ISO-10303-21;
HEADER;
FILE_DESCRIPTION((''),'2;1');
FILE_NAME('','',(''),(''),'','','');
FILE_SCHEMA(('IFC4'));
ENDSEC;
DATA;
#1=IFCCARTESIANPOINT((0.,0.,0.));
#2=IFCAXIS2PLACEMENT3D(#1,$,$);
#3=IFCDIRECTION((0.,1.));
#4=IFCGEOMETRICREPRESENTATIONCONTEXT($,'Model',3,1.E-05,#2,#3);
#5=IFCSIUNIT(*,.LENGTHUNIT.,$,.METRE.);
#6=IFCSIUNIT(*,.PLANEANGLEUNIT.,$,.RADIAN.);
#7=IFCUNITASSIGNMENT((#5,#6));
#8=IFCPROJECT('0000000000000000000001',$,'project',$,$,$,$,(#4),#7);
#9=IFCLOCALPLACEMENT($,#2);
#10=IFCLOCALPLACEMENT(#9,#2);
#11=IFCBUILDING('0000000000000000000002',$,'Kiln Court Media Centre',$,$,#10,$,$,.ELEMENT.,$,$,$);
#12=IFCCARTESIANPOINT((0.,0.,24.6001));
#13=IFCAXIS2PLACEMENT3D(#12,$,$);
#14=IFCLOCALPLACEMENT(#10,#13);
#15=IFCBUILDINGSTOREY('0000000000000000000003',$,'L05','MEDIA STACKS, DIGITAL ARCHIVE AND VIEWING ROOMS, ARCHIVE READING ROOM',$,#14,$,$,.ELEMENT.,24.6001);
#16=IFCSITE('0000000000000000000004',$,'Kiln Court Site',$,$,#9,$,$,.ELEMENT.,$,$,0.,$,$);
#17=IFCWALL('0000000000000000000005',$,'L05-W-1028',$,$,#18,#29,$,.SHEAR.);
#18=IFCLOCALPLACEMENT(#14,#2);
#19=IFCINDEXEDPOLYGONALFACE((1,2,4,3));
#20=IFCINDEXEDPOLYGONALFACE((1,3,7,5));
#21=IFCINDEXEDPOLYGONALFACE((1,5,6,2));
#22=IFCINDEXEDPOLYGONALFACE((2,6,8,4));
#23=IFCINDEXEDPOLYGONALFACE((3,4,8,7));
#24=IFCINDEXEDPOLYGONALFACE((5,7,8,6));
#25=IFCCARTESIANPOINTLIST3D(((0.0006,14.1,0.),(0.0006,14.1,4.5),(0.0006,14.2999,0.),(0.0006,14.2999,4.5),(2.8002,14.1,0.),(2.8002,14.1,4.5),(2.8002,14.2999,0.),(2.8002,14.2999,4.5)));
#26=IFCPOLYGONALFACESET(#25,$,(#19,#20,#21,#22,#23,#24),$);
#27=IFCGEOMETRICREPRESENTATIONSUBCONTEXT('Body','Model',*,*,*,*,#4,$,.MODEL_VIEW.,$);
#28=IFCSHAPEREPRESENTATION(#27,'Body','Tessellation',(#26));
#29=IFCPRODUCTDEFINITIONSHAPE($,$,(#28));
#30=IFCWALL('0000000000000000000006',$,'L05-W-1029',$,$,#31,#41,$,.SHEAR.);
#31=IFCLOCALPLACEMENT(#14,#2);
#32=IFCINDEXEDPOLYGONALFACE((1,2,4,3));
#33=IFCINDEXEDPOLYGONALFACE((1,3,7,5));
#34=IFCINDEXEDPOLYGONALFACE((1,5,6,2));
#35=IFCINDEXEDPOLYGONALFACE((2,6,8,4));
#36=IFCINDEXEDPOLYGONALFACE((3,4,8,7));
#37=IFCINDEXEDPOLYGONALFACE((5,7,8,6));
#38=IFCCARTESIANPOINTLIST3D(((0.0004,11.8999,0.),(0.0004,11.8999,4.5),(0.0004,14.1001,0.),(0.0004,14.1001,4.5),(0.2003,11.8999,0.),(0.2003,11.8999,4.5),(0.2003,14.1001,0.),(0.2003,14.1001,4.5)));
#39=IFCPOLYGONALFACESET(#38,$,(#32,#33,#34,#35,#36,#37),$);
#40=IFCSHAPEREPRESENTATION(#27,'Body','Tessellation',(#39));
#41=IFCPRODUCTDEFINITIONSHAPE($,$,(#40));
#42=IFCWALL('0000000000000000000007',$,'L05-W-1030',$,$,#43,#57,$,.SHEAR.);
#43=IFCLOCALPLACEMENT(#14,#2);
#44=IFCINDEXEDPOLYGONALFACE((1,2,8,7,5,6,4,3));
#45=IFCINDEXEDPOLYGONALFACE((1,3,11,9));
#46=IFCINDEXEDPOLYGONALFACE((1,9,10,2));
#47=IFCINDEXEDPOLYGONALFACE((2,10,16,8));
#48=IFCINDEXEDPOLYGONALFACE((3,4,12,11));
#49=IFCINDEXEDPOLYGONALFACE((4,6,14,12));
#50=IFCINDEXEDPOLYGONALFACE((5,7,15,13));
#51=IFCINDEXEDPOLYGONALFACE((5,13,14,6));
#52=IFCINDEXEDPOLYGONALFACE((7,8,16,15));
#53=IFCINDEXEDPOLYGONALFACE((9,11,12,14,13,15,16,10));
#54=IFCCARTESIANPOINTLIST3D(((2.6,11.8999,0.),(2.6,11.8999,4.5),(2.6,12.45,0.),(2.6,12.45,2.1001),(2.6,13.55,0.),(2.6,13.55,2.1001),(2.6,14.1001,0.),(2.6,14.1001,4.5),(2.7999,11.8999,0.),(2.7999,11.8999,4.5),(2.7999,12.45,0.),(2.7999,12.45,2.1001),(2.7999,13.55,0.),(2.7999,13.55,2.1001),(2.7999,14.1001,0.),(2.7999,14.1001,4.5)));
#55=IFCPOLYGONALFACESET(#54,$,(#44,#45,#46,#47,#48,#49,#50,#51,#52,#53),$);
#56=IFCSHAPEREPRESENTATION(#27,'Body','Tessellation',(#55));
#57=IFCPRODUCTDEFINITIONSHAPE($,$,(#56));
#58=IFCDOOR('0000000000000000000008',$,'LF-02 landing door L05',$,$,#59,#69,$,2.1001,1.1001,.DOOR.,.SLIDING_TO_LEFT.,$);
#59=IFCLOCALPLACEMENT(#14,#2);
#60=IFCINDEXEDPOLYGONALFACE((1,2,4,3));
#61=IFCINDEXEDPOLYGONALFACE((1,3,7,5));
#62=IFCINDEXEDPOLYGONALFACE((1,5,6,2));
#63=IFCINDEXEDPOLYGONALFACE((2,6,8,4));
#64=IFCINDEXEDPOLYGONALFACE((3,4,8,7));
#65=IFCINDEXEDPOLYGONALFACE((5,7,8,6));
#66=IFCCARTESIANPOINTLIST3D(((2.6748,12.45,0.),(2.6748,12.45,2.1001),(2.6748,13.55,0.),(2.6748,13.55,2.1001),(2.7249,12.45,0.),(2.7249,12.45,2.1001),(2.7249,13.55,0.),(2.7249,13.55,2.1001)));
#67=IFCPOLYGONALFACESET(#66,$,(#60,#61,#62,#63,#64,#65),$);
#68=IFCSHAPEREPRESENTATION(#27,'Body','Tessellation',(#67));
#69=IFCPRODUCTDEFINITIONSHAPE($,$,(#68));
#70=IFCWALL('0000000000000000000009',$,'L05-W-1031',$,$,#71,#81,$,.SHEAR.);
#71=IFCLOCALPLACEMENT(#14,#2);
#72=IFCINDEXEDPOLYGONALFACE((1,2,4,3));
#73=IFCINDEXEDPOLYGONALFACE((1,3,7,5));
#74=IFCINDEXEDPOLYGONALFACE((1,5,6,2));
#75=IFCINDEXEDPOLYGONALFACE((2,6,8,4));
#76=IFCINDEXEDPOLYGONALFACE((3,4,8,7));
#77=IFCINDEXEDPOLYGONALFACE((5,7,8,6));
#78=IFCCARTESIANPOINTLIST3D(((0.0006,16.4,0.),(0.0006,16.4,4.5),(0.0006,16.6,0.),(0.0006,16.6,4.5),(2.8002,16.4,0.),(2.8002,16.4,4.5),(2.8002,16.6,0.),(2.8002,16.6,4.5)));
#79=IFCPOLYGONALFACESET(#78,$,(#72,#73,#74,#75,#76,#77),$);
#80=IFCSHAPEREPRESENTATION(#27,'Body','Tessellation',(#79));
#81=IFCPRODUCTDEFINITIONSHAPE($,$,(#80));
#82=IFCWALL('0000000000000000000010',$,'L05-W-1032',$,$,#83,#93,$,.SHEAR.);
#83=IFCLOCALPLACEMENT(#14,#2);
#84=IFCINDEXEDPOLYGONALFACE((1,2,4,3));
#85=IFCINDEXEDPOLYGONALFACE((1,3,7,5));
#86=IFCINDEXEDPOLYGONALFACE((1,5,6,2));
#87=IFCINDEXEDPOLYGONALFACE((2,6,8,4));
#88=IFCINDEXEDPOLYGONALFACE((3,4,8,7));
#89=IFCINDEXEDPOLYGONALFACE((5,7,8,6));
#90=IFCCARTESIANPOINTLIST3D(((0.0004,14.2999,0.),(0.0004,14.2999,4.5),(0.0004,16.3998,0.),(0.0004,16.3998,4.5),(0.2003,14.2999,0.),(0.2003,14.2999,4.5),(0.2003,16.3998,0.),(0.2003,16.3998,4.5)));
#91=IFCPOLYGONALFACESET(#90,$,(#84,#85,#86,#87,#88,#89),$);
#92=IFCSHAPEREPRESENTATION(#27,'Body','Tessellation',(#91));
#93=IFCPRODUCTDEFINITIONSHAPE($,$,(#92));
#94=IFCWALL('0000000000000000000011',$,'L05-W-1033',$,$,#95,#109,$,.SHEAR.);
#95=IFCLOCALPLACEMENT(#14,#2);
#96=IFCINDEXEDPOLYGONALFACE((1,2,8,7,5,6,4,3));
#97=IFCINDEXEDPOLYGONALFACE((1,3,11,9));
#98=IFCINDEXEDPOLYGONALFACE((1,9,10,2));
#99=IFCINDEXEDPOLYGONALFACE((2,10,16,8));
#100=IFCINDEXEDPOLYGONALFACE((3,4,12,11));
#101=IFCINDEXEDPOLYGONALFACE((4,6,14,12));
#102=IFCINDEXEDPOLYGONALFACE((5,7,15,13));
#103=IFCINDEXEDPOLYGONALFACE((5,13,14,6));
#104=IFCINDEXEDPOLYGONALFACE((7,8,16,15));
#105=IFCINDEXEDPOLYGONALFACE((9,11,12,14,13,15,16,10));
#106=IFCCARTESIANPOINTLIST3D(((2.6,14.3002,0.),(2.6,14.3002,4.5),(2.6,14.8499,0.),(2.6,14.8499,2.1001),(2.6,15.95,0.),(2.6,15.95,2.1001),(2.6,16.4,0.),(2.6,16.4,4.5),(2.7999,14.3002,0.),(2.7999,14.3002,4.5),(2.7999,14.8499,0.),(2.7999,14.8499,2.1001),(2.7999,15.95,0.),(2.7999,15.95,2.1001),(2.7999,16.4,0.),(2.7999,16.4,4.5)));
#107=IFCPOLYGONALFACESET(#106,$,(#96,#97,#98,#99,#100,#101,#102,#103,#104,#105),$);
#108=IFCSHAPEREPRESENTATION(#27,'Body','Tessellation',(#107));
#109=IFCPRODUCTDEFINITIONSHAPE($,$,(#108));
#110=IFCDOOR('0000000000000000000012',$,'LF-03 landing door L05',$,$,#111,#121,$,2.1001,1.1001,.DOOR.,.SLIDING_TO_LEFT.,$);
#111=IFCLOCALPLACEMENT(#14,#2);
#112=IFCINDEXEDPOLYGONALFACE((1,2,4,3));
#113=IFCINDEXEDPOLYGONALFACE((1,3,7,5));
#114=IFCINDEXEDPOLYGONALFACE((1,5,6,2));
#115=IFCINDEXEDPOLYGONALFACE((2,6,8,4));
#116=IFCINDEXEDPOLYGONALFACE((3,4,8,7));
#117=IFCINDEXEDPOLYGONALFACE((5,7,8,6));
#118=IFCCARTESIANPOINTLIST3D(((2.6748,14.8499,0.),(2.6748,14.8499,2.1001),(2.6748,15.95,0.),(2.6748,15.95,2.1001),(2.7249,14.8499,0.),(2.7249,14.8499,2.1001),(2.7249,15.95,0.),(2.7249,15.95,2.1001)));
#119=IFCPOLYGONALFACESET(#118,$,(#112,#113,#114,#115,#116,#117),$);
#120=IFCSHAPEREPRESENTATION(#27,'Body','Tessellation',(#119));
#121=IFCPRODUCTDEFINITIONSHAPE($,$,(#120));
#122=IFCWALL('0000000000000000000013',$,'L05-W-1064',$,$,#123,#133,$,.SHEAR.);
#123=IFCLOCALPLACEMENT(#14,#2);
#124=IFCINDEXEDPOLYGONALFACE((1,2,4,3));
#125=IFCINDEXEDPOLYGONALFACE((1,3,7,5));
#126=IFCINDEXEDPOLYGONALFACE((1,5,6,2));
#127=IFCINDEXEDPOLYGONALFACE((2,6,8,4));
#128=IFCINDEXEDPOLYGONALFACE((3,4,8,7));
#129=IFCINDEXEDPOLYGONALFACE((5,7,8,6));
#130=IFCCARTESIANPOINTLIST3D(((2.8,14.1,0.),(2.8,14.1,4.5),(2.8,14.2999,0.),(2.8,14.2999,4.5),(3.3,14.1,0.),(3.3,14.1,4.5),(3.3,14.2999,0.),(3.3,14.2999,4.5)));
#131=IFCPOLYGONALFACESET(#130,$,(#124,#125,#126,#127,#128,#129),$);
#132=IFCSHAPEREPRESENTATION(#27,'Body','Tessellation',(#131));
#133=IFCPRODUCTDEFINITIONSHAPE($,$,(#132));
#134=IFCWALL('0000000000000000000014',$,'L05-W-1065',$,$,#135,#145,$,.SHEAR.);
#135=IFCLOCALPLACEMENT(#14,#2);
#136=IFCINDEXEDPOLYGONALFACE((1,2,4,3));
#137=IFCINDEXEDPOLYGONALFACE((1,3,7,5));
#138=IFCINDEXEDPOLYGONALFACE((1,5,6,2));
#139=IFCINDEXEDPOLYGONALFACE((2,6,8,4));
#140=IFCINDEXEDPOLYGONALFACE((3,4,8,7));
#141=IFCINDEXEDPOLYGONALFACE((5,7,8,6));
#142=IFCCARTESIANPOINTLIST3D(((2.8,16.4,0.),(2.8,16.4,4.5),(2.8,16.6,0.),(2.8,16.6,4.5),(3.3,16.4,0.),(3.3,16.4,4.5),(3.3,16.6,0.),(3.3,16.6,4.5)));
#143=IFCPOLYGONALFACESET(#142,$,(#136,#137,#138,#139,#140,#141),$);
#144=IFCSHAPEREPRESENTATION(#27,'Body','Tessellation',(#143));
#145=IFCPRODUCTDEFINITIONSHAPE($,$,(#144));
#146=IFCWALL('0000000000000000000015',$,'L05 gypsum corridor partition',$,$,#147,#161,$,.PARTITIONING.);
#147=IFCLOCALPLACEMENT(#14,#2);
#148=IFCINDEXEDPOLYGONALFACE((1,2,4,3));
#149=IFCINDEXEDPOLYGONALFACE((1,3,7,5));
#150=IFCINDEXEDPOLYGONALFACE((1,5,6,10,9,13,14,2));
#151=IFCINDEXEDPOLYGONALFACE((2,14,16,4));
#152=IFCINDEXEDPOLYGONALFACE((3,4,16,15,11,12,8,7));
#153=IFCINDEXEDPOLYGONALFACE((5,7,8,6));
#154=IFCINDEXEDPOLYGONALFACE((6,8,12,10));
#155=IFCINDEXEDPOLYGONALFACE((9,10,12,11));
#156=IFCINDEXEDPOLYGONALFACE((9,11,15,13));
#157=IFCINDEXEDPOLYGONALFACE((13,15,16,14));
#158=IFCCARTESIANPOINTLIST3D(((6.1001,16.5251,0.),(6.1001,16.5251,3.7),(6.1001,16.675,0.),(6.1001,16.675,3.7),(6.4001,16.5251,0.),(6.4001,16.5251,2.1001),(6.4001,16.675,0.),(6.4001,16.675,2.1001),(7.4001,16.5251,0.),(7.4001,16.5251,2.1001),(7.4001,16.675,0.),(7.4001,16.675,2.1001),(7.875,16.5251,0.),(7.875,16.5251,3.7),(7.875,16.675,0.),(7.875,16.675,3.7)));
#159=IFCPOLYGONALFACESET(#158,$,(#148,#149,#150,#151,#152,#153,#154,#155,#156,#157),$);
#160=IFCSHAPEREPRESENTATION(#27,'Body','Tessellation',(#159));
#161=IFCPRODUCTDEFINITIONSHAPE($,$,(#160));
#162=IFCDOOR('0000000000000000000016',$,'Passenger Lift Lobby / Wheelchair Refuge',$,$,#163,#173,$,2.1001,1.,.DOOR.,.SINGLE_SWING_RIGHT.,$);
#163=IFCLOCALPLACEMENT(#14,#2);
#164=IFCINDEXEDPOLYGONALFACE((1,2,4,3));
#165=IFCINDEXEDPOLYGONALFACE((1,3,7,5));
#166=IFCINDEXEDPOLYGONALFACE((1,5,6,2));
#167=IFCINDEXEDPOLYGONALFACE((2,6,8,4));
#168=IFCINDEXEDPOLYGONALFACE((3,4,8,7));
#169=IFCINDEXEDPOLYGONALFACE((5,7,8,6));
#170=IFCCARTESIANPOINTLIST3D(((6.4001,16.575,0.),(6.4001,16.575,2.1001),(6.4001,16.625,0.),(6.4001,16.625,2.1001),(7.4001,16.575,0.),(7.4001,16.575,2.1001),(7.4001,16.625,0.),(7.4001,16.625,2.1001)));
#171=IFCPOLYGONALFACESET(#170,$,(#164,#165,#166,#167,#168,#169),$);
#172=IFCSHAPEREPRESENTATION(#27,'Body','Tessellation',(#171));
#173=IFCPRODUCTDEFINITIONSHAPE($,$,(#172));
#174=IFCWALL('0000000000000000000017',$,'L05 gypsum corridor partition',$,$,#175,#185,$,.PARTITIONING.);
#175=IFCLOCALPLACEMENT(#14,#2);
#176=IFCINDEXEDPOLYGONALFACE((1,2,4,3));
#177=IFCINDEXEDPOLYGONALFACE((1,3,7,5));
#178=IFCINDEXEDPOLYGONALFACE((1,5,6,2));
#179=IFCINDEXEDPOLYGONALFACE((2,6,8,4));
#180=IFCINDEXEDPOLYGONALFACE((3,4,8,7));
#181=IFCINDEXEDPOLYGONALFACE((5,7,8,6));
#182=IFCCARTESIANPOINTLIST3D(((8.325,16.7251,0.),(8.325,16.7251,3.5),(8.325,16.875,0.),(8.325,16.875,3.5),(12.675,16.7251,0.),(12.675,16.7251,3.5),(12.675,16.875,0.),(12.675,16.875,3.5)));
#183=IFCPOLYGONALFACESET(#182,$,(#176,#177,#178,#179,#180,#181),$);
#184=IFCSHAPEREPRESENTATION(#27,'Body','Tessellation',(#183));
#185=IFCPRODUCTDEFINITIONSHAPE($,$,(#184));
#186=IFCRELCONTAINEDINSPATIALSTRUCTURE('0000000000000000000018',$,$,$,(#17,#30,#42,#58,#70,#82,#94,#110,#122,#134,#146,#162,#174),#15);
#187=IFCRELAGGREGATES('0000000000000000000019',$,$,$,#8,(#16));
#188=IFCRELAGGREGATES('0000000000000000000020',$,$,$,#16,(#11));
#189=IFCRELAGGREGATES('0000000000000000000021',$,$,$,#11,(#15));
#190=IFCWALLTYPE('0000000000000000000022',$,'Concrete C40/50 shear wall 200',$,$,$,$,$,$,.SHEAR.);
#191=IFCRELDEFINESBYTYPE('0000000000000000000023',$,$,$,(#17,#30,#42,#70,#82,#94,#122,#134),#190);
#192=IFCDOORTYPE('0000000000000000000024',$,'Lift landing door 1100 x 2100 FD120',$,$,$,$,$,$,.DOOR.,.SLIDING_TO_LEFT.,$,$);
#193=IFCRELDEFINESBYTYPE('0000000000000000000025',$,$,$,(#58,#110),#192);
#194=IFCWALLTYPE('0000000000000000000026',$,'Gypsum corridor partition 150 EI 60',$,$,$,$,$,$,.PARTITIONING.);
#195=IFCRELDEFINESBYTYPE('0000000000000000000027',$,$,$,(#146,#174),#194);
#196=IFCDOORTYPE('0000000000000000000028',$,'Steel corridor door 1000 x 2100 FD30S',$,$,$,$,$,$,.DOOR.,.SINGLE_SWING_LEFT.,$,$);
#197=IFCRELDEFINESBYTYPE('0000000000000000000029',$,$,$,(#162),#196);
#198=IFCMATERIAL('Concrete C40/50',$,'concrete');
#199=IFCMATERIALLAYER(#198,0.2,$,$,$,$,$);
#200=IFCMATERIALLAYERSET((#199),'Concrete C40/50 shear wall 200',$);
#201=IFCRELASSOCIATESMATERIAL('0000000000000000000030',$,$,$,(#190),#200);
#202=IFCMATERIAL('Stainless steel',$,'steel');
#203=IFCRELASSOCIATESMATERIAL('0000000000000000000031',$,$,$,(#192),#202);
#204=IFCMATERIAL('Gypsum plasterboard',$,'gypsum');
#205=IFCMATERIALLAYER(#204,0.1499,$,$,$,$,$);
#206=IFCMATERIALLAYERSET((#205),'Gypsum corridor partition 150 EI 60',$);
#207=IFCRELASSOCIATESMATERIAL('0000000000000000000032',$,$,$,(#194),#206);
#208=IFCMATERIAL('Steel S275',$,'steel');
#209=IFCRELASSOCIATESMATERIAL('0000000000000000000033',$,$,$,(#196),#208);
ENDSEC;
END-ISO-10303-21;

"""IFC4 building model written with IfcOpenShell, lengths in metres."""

from ifc_helpers import new_model, si_unit, direction, frame, frame_2d, origin, place, context, subcontext, project, spatial, rectangle, extrude, material, layer, layer_set, type_object, element, fill, save


model = new_model("IFC4")

# Units and contexts
model_context = context("Model", 3, precision=1e-05, world=origin(), true_north=direction((0.0, 1.0)))
body_context = subcontext(model_context, "Body", "Model", "MODEL_VIEW")
ifc_project = project(units=[si_unit("LENGTHUNIT", "METRE"), si_unit("PLANEANGLEUNIT", "RADIAN")], contexts=[model_context])

# Site, building, storey
site_placement = place(None, origin())
site = spatial("IfcSite", under=ifc_project, at=site_placement, Name="Kiln Court Site", CompositionType="ELEMENT", RefElevation=0.0)
building_placement = place(site_placement, origin())
building = spatial("IfcBuilding", under=site, at=building_placement, Name="Kiln Court Media Centre", CompositionType="ELEMENT")
storey_placement = place(building_placement, frame((0.0, 0.0, 24.6001)))
storey = spatial("IfcBuildingStorey", under=building, at=storey_placement, Name="L05", Description="MEDIA STACKS, DIGITAL ARCHIVE AND VIEWING ROOMS, ARCHIVE READING ROOM", CompositionType="ELEMENT", Elevation=24.6001)

# Walls
ifc_material_1 = material(Name="Concrete C40/50", Category="concrete")
ifc_layer_1 = layer(ifc_material_1, 0.2)
ifc_layer_set_1 = layer_set([ifc_layer_1], Name="Concrete C40/50 shear wall 200")
wall_type_1 = type_object("IfcWallType", Name="Concrete C40/50 shear wall 200", PredefinedType="SHEAR", material=ifc_layer_set_1)
wall_1_placement = place(storey_placement, frame((0.0005, 14.2, 0.0), z_axis=(0.0, 0.0, 1.0), x_axis=(1.0, 0.0, 0.0)))
element("IfcWall", 1, at=wall_1_placement, inside=storey, type_object=wall_type_1, Name="L05-W-1028", PredefinedType="SHEAR", context=body_context, shape_type="SweptSolid", body=[
    extrude(rectangle(XDim=2.7996, YDim=0.2, at=frame_2d((1.3999, 0.0))), origin(), (0.0, 0.0, 1.0), 4.5),
])
wall_2_placement = place(storey_placement, frame((0.1003, 11.8999, 0.0), z_axis=(0.0, 0.0, 1.0), x_axis=(0.0, 1.0, 0.0)))
element("IfcWall", 2, at=wall_2_placement, inside=storey, type_object=wall_type_1, Name="L05-W-1029", PredefinedType="SHEAR", context=body_context, shape_type="SweptSolid", body=[
    extrude(rectangle(XDim=2.2002, YDim=0.2, at=frame_2d((1.1001, 0.0))), origin(), (0.0, 0.0, 1.0), 4.5),
])

# Wall, opening, door
wall_3_placement = place(storey_placement, frame((2.7, 14.1001, 0.0), z_axis=(0.0, 0.0, 1.0), x_axis=(0.0, -1.0, 0.0)))
wall_3 = element("IfcWall", 3, at=wall_3_placement, inside=storey, type_object=wall_type_1, Name="L05-W-1030", PredefinedType="SHEAR", context=body_context, shape_type="SweptSolid", body=[
    extrude(rectangle(XDim=2.2002, YDim=0.2, at=frame_2d((1.1001, 0.0))), origin(), (0.0, 0.0, 1.0), 4.5),
])
opening_1_placement = place(wall_3_placement, frame((0.55, 0.0, 0.0)))
opening_1 = element("IfcOpeningElement", 4, at=opening_1_placement, cuts=wall_3, PredefinedType="OPENING", context=body_context, shape_type="SweptSolid", body=[
    extrude(rectangle(XDim=1.1001, YDim=2.1001, at=frame_2d((0.55, 1.05))), frame((0.0, 0.1099, 0.0), z_axis=(0.0, -1.0, 0.0), x_axis=(1.0, 0.0, 0.0)), (0.0, 0.0, 1.0), 0.22),
])
ifc_material_2 = material(Name="Stainless steel", Category="steel")
door_type_1 = type_object("IfcDoorType", Name="Lift landing door 1100 x 2100 FD120", OperationType="SLIDING_TO_LEFT", PredefinedType="DOOR", material=ifc_material_2)
door_1_placement = place(opening_1_placement, origin())
door_1 = element("IfcDoor", 5, at=door_1_placement, inside=storey, type_object=door_type_1, Name="LF-02 landing door L05", OperationType="SLIDING_TO_LEFT", OverallHeight=2.1001, OverallWidth=1.1001, PredefinedType="DOOR", context=body_context, shape_type="SweptSolid", body=[
    extrude(rectangle(XDim=1.1001, YDim=2.1001, at=frame_2d((0.55, 1.05))), frame((0.0, 0.0249, 0.0), z_axis=(0.0, -1.0, 0.0), x_axis=(1.0, 0.0, 0.0)), (0.0, 0.0, 1.0), 0.05),
])
fill(opening_1, door_1)

# Walls
wall_4_placement = place(storey_placement, frame((0.0005, 16.5, 0.0), z_axis=(0.0, 0.0, 1.0), x_axis=(1.0, 0.0, 0.0)))
element("IfcWall", 6, at=wall_4_placement, inside=storey, type_object=wall_type_1, Name="L05-W-1031", PredefinedType="SHEAR", context=body_context, shape_type="SweptSolid", body=[
    extrude(rectangle(XDim=2.7996, YDim=0.2, at=frame_2d((1.3999, 0.0))), origin(), (0.0, 0.0, 1.0), 4.5),
])
wall_5_placement = place(storey_placement, frame((0.1003, 14.3, 0.0), z_axis=(0.0, 0.0, 1.0), x_axis=(0.0, 1.0, 0.0)))
element("IfcWall", 7, at=wall_5_placement, inside=storey, type_object=wall_type_1, Name="L05-W-1032", PredefinedType="SHEAR", context=body_context, shape_type="SweptSolid", body=[
    extrude(rectangle(XDim=2.0999, YDim=0.2, at=frame_2d((1.0498, 0.0))), origin(), (0.0, 0.0, 1.0), 4.5),
])

# Wall, opening, door
wall_6_placement = place(storey_placement, frame((2.7, 16.3999, 0.0), z_axis=(0.0, 0.0, 1.0), x_axis=(0.0, -1.0, 0.0)))
wall_6 = element("IfcWall", 8, at=wall_6_placement, inside=storey, type_object=wall_type_1, Name="L05-W-1033", PredefinedType="SHEAR", context=body_context, shape_type="SweptSolid", body=[
    extrude(rectangle(XDim=2.0999, YDim=0.2, at=frame_2d((1.0498, 0.0))), origin(), (0.0, 0.0, 1.0), 4.5),
])
opening_2_placement = place(wall_6_placement, frame((0.45, 0.0, 0.0)))
opening_2 = element("IfcOpeningElement", 9, at=opening_2_placement, cuts=wall_6, PredefinedType="OPENING", context=body_context, shape_type="SweptSolid", body=[
    extrude(rectangle(XDim=1.1001, YDim=2.1001, at=frame_2d((0.55, 1.05))), frame((0.0, 0.1099, 0.0), z_axis=(0.0, -1.0, 0.0), x_axis=(1.0, 0.0, 0.0)), (0.0, 0.0, 1.0), 0.22),
])
door_2_placement = place(opening_2_placement, origin())
door_2 = element("IfcDoor", 10, at=door_2_placement, inside=storey, type_object=door_type_1, Name="LF-03 landing door L05", OperationType="SLIDING_TO_LEFT", OverallHeight=2.1001, OverallWidth=1.1001, PredefinedType="DOOR", context=body_context, shape_type="SweptSolid", body=[
    extrude(rectangle(XDim=1.1001, YDim=2.1001, at=frame_2d((0.55, 1.05))), frame((0.0, 0.0249, 0.0), z_axis=(0.0, -1.0, 0.0), x_axis=(1.0, 0.0, 0.0)), (0.0, 0.0, 1.0), 0.05),
])
fill(opening_2, door_2)

# Walls
for number, where, z_axis, x_axis, name in (
    (11, (2.8, 14.2, 0.0), (0.0, 0.0, 1.0), (1.0, 0.0, 0.0), "L05-W-1064"),
    (12, (2.8, 16.5, 0.0), (0.0, 0.0, 1.0), (1.0, 0.0, 0.0), "L05-W-1065"),
):
    element("IfcWall", number, at=place(storey_placement, frame(where, z_axis=z_axis, x_axis=x_axis)), inside=storey, type_object=wall_type_1, Name=name, PredefinedType="SHEAR", context=body_context, shape_type="SweptSolid", body=[
        extrude(rectangle(XDim=0.5, YDim=0.2, at=frame_2d((0.25, 0.0))), origin(), (0.0, 0.0, 1.0), 4.5),
    ])

# Wall, opening, door
ifc_material_3 = material(Name="Gypsum plasterboard", Category="gypsum")
ifc_layer_2 = layer(ifc_material_3, 0.1499)
ifc_layer_set_2 = layer_set([ifc_layer_2], Name="Gypsum corridor partition 150 EI 60")
wall_type_2 = type_object("IfcWallType", Name="Gypsum corridor partition 150 EI 60", PredefinedType="PARTITIONING", material=ifc_layer_set_2)
wall_7_placement = place(storey_placement, frame((6.1001, 16.6001, 0.0), z_axis=(0.0, 0.0, 1.0), x_axis=(1.0, 0.0, 0.0)))
wall_7 = element("IfcWall", 13, at=wall_7_placement, inside=storey, type_object=wall_type_2, Name="L05 gypsum corridor partition", PredefinedType="PARTITIONING", context=body_context, shape_type="SweptSolid", body=[
    extrude(rectangle(XDim=1.7749, YDim=0.1499, at=frame_2d((0.8875, 0.0))), origin(), (0.0, 0.0, 1.0), 3.7),
])
opening_3_placement = place(wall_7_placement, frame((0.3, 0.0, 0.0)))
opening_3 = element("IfcOpeningElement", 14, at=opening_3_placement, cuts=wall_7, PredefinedType="OPENING", context=body_context, shape_type="SweptSolid", body=[
    extrude(rectangle(XDim=1.0, YDim=2.1001, at=frame_2d((0.5, 1.05))), frame((0.0, 0.085, 0.0), z_axis=(0.0, -1.0, 0.0), x_axis=(1.0, 0.0, 0.0)), (0.0, 0.0, 1.0), 0.1699),
])
ifc_material_4 = material(Name="Steel S275", Category="steel")
door_type_2 = type_object("IfcDoorType", Name="Steel corridor door 1000 x 2100 FD30S", OperationType="SINGLE_SWING_LEFT", PredefinedType="DOOR", material=ifc_material_4)
door_3_placement = place(opening_3_placement, origin())
door_3 = element("IfcDoor", 15, at=door_3_placement, inside=storey, type_object=door_type_2, Name="Passenger Lift Lobby / Wheelchair Refuge", OperationType="SINGLE_SWING_RIGHT", OverallHeight=2.1001, OverallWidth=1.0, PredefinedType="DOOR", context=body_context, shape_type="SweptSolid", body=[
    extrude(rectangle(XDim=1.0, YDim=2.1001, at=frame_2d((0.5, 1.05))), frame((0.0, 0.0249, 0.0), z_axis=(0.0, -1.0, 0.0), x_axis=(1.0, 0.0, 0.0)), (0.0, 0.0, 1.0), 0.05),
])
fill(opening_3, door_3)

# Wall
wall_8_placement = place(storey_placement, frame((8.325, 16.8, 0.0), z_axis=(0.0, 0.0, 1.0), x_axis=(1.0, 0.0, 0.0)))
element("IfcWall", 16, at=wall_8_placement, inside=storey, type_object=wall_type_2, Name="L05 gypsum corridor partition", PredefinedType="PARTITIONING", context=body_context, shape_type="SweptSolid", body=[
    extrude(rectangle(XDim=4.3501, YDim=0.1499, at=frame_2d((2.175, 0.0))), origin(), (0.0, 0.0, 1.0), 3.5),
])

save(model, "model.ifc")
